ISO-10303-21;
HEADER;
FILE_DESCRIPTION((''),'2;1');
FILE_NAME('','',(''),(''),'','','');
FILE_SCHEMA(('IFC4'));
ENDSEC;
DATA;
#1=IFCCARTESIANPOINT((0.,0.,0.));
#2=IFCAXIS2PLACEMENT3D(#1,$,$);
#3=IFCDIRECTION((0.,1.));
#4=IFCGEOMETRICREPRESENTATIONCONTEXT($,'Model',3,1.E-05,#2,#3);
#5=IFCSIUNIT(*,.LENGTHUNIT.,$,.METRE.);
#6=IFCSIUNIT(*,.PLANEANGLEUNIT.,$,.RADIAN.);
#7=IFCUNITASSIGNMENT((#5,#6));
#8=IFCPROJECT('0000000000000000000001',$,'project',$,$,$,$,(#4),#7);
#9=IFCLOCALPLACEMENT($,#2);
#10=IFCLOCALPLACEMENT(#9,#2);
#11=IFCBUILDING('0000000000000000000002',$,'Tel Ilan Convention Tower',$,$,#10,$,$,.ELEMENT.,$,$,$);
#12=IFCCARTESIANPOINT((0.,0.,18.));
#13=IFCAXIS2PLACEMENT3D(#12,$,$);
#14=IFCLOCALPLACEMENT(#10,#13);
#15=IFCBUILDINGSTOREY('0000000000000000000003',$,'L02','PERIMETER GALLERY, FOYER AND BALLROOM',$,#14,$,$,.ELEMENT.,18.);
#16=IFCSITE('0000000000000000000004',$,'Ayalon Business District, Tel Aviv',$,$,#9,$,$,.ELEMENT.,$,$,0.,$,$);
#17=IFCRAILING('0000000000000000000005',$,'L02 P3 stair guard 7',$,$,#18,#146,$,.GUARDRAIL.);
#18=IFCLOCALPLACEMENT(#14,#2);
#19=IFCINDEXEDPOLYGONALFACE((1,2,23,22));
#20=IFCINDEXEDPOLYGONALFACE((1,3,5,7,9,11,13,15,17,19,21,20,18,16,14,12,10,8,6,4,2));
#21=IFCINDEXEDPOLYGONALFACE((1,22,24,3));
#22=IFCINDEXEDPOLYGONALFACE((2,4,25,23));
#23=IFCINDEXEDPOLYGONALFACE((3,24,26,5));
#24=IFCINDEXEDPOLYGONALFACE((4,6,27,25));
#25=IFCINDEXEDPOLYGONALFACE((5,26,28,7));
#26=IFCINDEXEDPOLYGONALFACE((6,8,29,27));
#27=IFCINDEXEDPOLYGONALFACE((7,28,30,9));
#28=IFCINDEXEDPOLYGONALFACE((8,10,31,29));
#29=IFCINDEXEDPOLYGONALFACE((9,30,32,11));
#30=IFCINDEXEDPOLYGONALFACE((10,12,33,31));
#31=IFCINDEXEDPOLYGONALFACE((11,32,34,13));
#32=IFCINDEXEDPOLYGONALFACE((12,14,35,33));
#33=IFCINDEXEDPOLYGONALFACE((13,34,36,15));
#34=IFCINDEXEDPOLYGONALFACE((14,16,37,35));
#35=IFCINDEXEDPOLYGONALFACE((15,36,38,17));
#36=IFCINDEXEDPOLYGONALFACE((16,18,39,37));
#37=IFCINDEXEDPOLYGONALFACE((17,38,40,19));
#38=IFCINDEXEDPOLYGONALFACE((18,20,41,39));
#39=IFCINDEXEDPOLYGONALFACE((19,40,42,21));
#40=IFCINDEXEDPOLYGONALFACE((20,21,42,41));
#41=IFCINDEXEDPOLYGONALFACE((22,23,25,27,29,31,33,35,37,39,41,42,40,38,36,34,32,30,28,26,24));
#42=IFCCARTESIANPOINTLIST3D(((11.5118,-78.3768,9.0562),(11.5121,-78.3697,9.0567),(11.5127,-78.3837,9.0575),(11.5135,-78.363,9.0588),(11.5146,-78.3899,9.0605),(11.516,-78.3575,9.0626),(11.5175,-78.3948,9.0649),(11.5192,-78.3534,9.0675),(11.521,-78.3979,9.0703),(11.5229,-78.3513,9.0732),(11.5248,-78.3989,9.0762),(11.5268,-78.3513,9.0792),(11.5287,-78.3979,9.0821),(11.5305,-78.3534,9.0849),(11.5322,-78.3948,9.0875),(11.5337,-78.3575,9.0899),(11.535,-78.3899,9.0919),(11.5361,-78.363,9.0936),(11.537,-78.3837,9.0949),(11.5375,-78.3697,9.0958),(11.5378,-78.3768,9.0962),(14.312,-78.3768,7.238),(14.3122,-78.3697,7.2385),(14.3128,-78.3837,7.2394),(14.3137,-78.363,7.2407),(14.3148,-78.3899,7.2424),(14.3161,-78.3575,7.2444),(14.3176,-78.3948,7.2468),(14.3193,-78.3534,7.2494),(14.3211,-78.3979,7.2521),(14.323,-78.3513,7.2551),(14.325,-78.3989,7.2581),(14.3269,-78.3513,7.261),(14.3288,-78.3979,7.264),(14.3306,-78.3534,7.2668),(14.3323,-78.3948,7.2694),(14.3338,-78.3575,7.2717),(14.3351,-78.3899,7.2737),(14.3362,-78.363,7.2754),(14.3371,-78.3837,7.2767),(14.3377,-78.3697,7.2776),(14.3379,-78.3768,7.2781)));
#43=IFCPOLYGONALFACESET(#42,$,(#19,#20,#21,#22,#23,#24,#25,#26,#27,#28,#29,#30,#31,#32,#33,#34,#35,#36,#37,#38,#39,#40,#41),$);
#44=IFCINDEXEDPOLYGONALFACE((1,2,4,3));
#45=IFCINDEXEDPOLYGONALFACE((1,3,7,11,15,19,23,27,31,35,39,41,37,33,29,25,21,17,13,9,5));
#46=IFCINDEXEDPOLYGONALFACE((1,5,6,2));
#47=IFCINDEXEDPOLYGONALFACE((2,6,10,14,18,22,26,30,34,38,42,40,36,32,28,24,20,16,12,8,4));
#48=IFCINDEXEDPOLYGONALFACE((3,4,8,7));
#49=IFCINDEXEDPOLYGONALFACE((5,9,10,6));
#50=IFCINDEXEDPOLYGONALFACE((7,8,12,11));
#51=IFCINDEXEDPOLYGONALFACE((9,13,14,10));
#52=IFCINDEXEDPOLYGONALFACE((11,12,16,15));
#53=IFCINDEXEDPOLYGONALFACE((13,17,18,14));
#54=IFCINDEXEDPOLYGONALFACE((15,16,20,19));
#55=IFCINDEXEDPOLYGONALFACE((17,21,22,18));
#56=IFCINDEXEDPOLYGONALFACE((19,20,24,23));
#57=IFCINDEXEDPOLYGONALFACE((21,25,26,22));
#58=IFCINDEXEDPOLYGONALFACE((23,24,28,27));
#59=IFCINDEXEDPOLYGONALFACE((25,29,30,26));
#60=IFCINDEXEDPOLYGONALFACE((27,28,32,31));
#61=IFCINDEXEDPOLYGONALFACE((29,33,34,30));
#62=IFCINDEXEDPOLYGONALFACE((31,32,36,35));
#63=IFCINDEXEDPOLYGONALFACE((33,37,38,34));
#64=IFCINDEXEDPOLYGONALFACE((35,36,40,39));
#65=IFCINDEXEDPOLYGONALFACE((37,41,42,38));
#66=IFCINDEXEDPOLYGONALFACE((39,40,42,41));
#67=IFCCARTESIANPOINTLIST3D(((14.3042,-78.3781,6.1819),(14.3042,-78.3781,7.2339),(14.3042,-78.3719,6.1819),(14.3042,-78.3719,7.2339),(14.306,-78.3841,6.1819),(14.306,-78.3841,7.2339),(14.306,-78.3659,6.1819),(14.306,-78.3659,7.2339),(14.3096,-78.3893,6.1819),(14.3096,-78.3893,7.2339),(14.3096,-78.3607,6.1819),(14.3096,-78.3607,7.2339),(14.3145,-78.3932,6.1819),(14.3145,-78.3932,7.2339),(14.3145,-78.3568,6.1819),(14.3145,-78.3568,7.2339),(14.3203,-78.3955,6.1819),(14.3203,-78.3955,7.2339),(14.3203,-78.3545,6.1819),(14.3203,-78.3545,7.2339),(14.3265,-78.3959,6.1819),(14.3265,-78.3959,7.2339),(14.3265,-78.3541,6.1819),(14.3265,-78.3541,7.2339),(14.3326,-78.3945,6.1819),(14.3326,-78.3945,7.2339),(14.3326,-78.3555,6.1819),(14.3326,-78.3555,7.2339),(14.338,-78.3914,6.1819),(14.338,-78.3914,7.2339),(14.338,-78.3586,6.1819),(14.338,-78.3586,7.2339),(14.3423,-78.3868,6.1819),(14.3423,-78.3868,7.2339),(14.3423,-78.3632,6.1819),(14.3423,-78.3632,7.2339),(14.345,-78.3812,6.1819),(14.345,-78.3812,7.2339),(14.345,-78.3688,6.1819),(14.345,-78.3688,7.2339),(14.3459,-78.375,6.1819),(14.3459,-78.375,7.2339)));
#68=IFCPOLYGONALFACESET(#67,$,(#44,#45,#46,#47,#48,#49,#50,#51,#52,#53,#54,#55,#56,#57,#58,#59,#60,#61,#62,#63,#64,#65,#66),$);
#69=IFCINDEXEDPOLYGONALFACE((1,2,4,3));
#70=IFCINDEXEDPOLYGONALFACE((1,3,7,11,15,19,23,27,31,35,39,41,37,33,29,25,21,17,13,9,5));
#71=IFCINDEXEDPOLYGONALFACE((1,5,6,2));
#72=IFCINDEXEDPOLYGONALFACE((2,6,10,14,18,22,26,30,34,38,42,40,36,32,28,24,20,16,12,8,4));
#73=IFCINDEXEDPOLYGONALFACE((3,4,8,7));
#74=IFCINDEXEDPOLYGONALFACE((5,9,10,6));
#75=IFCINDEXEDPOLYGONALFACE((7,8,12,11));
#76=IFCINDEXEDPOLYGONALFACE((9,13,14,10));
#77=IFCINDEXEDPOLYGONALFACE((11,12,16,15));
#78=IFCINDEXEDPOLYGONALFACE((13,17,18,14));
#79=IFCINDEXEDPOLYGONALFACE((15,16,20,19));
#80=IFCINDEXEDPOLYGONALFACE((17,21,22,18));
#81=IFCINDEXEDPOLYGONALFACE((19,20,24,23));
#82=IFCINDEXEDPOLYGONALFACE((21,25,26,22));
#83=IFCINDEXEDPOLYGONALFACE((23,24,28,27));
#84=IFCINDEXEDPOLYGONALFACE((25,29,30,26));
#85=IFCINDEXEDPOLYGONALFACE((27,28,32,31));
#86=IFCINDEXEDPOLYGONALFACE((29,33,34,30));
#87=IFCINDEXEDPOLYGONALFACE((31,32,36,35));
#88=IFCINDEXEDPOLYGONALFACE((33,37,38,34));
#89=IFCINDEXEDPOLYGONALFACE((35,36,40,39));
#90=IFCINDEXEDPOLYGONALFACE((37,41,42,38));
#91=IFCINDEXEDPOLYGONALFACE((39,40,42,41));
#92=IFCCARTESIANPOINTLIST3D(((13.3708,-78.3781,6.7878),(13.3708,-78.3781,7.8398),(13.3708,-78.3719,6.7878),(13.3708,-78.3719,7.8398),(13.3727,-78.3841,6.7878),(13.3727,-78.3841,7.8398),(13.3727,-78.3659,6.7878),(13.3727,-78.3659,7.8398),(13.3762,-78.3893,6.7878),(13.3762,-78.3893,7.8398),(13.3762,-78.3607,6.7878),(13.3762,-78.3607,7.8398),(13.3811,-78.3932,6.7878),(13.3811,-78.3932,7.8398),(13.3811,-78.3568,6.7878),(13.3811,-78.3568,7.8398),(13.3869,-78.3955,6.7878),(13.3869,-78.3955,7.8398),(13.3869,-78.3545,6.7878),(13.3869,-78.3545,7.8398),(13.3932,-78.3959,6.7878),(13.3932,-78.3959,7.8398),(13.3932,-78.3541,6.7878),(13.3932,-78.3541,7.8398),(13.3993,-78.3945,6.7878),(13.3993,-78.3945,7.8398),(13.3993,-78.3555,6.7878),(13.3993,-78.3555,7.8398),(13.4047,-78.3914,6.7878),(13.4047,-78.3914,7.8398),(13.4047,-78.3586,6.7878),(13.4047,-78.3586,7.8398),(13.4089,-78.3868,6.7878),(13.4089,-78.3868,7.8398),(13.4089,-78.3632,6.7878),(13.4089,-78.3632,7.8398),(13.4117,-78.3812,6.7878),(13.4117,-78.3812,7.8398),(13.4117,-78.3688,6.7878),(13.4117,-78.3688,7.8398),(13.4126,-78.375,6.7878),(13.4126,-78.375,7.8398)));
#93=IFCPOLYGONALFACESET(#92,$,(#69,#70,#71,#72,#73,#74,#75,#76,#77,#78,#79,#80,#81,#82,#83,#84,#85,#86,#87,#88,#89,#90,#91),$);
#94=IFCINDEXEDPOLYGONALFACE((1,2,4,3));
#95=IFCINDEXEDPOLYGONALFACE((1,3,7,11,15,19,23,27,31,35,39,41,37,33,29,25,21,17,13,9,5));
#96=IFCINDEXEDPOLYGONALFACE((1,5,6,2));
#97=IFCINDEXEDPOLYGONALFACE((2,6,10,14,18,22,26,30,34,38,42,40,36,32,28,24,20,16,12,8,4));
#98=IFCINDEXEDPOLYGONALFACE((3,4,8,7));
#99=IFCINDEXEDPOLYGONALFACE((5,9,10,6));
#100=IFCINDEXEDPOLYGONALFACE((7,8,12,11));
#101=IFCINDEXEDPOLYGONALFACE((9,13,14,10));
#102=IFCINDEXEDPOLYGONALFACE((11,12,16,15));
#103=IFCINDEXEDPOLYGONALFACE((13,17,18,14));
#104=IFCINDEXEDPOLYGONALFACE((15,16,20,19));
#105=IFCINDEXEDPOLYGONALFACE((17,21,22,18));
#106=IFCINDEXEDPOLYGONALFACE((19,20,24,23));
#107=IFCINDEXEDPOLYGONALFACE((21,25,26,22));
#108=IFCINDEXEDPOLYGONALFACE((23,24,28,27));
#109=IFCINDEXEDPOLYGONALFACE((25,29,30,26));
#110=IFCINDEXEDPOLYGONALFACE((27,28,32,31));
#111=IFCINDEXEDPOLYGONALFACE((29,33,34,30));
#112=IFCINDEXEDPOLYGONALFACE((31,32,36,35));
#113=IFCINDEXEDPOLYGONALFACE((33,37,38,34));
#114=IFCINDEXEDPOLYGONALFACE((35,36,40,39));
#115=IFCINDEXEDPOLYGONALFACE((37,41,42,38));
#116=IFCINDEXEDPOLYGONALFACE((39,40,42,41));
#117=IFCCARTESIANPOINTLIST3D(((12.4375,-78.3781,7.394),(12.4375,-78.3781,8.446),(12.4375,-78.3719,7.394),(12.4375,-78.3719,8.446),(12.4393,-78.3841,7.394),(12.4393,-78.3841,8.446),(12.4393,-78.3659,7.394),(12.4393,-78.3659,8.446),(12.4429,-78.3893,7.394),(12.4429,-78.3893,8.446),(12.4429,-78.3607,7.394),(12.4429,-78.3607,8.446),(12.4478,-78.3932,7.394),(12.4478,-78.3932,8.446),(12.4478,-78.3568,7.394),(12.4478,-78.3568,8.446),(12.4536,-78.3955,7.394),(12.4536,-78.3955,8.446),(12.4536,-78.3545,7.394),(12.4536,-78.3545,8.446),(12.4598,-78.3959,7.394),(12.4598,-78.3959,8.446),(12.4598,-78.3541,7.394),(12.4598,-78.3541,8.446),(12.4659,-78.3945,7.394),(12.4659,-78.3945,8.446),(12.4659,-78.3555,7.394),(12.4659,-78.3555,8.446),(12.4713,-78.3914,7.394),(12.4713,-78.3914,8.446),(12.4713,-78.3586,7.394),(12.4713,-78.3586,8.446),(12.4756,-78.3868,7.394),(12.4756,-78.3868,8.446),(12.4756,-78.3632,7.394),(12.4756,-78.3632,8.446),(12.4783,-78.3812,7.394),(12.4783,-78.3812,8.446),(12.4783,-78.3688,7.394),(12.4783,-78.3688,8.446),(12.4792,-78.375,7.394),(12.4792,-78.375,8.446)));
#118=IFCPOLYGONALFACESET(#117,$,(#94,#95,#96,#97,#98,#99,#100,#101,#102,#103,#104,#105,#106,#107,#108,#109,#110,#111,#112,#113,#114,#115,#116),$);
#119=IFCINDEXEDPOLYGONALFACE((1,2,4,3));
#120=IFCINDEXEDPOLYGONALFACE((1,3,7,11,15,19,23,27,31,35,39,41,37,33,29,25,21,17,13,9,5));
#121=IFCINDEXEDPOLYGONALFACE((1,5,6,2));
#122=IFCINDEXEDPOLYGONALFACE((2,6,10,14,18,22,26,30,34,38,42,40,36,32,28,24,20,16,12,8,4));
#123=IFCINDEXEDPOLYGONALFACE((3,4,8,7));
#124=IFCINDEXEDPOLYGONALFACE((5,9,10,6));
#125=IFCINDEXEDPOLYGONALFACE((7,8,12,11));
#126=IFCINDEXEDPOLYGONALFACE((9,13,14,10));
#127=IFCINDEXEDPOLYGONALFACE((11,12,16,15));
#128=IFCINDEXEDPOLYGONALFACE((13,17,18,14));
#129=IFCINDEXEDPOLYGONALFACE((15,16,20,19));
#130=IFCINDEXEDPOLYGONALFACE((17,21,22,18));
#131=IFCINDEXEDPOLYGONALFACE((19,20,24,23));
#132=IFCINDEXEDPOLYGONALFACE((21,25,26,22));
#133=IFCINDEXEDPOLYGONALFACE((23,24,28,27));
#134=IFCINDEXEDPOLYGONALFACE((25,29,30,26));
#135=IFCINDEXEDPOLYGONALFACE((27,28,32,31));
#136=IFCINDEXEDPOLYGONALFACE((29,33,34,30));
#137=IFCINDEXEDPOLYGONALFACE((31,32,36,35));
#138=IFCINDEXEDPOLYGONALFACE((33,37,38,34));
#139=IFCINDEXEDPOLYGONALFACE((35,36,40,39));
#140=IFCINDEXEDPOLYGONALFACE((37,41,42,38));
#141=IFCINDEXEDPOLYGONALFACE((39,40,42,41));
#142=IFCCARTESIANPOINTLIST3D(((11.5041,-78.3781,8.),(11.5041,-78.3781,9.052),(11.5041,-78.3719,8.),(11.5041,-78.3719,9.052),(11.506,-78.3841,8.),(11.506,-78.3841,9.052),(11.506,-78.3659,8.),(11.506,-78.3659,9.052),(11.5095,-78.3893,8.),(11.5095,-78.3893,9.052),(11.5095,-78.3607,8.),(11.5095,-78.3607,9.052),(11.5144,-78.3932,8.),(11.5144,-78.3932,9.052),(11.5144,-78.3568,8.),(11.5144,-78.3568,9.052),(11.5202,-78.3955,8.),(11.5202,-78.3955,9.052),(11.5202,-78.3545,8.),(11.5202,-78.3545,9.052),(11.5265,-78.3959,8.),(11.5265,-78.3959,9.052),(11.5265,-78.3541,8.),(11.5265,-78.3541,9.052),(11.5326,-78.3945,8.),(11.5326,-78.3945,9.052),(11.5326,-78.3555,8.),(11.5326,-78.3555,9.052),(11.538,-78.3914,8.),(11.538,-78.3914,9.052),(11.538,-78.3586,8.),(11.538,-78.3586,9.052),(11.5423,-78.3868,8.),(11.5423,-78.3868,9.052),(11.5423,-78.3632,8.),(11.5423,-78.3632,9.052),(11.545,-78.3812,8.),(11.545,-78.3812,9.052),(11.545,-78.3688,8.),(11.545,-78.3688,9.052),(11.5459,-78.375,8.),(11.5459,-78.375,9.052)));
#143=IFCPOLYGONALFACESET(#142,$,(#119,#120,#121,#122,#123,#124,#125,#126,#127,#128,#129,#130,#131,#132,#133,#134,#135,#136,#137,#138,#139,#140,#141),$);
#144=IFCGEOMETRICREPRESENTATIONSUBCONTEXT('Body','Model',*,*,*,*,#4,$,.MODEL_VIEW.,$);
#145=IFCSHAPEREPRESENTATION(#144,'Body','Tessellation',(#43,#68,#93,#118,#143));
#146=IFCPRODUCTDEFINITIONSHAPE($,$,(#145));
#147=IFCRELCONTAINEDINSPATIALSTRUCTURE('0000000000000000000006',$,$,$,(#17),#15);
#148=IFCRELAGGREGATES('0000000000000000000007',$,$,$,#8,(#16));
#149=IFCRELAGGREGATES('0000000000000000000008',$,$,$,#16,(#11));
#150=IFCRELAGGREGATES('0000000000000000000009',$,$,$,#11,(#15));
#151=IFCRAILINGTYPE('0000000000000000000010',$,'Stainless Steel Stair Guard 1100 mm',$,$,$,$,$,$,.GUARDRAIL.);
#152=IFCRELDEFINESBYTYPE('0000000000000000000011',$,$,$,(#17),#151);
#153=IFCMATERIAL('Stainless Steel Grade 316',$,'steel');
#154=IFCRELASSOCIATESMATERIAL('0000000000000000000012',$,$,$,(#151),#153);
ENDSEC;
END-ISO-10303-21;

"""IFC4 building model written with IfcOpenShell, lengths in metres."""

from ifc_helpers import new_model, si_unit, direction, frame, origin, origin_2d, place, context, subcontext, project, spatial, circle, extrude, material, type_object, element, save


model = new_model("IFC4")

# Units and contexts
model_context = context("Model", 3, precision=1e-05, world=origin(), true_north=direction((0.0, 1.0)))
body_context = subcontext(model_context, "Body", "Model", "MODEL_VIEW")
ifc_project = project(units=[si_unit("LENGTHUNIT", "METRE"), si_unit("PLANEANGLEUNIT", "RADIAN")], contexts=[model_context])

# Site, building, storey
site_placement = place(None, origin())
site = spatial("IfcSite", under=ifc_project, at=site_placement, Name="Ayalon Business District, Tel Aviv", CompositionType="ELEMENT", RefElevation=0.0)
building_placement = place(site_placement, origin())
building = spatial("IfcBuilding", under=site, at=building_placement, Name="Tel Ilan Convention Tower", CompositionType="ELEMENT")
storey_placement = place(building_placement, frame((0.0, 0.0, 18.0)))
storey = spatial("IfcBuildingStorey", under=building, at=storey_placement, Name="L02", Description="PERIMETER GALLERY, FOYER AND BALLROOM", CompositionType="ELEMENT", Elevation=18.0)

# Railing
ifc_material_1 = material(Name="Stainless Steel Grade 316", Category="steel")
railing_type_1 = type_object("IfcRailingType", Name="Stainless Steel Stair Guard 1100 mm", PredefinedType="GUARDRAIL", material=ifc_material_1)
railing_1_placement = place(storey_placement, frame((14.325, -78.375, 6.1819)))
element("IfcRailing", 1, at=railing_1_placement, inside=storey, type_object=railing_type_1, Name="L02 P3 stair guard 7", PredefinedType="GUARDRAIL", context=body_context, shape_type="SweptSolid", body=[
    extrude(circle(Radius=0.0239, at=origin_2d()), frame((0.0, 0.0, 1.0762), z_axis=(-0.838706, 0.0, 0.544585), x_axis=(0.0, -1.0, 0.0)), (0.0, 0.0, 1.0), 3.3386),
    extrude(circle(Radius=0.021, at=origin_2d()), origin(), (0.0, 0.0, 1.0), 1.052),
    extrude(circle(Radius=0.021, at=origin_2d()), frame((-0.9333, 0.0, 0.606)), (0.0, 0.0, 1.0), 1.052),
    extrude(circle(Radius=0.021, at=origin_2d()), frame((-1.8667, 0.0, 1.2122)), (0.0, 0.0, 1.0), 1.052),
    extrude(circle(Radius=0.021, at=origin_2d()), frame((-2.8, 0.0, 1.8181)), (0.0, 0.0, 1.0), 1.052),
])

save(model, "model.ifc")
